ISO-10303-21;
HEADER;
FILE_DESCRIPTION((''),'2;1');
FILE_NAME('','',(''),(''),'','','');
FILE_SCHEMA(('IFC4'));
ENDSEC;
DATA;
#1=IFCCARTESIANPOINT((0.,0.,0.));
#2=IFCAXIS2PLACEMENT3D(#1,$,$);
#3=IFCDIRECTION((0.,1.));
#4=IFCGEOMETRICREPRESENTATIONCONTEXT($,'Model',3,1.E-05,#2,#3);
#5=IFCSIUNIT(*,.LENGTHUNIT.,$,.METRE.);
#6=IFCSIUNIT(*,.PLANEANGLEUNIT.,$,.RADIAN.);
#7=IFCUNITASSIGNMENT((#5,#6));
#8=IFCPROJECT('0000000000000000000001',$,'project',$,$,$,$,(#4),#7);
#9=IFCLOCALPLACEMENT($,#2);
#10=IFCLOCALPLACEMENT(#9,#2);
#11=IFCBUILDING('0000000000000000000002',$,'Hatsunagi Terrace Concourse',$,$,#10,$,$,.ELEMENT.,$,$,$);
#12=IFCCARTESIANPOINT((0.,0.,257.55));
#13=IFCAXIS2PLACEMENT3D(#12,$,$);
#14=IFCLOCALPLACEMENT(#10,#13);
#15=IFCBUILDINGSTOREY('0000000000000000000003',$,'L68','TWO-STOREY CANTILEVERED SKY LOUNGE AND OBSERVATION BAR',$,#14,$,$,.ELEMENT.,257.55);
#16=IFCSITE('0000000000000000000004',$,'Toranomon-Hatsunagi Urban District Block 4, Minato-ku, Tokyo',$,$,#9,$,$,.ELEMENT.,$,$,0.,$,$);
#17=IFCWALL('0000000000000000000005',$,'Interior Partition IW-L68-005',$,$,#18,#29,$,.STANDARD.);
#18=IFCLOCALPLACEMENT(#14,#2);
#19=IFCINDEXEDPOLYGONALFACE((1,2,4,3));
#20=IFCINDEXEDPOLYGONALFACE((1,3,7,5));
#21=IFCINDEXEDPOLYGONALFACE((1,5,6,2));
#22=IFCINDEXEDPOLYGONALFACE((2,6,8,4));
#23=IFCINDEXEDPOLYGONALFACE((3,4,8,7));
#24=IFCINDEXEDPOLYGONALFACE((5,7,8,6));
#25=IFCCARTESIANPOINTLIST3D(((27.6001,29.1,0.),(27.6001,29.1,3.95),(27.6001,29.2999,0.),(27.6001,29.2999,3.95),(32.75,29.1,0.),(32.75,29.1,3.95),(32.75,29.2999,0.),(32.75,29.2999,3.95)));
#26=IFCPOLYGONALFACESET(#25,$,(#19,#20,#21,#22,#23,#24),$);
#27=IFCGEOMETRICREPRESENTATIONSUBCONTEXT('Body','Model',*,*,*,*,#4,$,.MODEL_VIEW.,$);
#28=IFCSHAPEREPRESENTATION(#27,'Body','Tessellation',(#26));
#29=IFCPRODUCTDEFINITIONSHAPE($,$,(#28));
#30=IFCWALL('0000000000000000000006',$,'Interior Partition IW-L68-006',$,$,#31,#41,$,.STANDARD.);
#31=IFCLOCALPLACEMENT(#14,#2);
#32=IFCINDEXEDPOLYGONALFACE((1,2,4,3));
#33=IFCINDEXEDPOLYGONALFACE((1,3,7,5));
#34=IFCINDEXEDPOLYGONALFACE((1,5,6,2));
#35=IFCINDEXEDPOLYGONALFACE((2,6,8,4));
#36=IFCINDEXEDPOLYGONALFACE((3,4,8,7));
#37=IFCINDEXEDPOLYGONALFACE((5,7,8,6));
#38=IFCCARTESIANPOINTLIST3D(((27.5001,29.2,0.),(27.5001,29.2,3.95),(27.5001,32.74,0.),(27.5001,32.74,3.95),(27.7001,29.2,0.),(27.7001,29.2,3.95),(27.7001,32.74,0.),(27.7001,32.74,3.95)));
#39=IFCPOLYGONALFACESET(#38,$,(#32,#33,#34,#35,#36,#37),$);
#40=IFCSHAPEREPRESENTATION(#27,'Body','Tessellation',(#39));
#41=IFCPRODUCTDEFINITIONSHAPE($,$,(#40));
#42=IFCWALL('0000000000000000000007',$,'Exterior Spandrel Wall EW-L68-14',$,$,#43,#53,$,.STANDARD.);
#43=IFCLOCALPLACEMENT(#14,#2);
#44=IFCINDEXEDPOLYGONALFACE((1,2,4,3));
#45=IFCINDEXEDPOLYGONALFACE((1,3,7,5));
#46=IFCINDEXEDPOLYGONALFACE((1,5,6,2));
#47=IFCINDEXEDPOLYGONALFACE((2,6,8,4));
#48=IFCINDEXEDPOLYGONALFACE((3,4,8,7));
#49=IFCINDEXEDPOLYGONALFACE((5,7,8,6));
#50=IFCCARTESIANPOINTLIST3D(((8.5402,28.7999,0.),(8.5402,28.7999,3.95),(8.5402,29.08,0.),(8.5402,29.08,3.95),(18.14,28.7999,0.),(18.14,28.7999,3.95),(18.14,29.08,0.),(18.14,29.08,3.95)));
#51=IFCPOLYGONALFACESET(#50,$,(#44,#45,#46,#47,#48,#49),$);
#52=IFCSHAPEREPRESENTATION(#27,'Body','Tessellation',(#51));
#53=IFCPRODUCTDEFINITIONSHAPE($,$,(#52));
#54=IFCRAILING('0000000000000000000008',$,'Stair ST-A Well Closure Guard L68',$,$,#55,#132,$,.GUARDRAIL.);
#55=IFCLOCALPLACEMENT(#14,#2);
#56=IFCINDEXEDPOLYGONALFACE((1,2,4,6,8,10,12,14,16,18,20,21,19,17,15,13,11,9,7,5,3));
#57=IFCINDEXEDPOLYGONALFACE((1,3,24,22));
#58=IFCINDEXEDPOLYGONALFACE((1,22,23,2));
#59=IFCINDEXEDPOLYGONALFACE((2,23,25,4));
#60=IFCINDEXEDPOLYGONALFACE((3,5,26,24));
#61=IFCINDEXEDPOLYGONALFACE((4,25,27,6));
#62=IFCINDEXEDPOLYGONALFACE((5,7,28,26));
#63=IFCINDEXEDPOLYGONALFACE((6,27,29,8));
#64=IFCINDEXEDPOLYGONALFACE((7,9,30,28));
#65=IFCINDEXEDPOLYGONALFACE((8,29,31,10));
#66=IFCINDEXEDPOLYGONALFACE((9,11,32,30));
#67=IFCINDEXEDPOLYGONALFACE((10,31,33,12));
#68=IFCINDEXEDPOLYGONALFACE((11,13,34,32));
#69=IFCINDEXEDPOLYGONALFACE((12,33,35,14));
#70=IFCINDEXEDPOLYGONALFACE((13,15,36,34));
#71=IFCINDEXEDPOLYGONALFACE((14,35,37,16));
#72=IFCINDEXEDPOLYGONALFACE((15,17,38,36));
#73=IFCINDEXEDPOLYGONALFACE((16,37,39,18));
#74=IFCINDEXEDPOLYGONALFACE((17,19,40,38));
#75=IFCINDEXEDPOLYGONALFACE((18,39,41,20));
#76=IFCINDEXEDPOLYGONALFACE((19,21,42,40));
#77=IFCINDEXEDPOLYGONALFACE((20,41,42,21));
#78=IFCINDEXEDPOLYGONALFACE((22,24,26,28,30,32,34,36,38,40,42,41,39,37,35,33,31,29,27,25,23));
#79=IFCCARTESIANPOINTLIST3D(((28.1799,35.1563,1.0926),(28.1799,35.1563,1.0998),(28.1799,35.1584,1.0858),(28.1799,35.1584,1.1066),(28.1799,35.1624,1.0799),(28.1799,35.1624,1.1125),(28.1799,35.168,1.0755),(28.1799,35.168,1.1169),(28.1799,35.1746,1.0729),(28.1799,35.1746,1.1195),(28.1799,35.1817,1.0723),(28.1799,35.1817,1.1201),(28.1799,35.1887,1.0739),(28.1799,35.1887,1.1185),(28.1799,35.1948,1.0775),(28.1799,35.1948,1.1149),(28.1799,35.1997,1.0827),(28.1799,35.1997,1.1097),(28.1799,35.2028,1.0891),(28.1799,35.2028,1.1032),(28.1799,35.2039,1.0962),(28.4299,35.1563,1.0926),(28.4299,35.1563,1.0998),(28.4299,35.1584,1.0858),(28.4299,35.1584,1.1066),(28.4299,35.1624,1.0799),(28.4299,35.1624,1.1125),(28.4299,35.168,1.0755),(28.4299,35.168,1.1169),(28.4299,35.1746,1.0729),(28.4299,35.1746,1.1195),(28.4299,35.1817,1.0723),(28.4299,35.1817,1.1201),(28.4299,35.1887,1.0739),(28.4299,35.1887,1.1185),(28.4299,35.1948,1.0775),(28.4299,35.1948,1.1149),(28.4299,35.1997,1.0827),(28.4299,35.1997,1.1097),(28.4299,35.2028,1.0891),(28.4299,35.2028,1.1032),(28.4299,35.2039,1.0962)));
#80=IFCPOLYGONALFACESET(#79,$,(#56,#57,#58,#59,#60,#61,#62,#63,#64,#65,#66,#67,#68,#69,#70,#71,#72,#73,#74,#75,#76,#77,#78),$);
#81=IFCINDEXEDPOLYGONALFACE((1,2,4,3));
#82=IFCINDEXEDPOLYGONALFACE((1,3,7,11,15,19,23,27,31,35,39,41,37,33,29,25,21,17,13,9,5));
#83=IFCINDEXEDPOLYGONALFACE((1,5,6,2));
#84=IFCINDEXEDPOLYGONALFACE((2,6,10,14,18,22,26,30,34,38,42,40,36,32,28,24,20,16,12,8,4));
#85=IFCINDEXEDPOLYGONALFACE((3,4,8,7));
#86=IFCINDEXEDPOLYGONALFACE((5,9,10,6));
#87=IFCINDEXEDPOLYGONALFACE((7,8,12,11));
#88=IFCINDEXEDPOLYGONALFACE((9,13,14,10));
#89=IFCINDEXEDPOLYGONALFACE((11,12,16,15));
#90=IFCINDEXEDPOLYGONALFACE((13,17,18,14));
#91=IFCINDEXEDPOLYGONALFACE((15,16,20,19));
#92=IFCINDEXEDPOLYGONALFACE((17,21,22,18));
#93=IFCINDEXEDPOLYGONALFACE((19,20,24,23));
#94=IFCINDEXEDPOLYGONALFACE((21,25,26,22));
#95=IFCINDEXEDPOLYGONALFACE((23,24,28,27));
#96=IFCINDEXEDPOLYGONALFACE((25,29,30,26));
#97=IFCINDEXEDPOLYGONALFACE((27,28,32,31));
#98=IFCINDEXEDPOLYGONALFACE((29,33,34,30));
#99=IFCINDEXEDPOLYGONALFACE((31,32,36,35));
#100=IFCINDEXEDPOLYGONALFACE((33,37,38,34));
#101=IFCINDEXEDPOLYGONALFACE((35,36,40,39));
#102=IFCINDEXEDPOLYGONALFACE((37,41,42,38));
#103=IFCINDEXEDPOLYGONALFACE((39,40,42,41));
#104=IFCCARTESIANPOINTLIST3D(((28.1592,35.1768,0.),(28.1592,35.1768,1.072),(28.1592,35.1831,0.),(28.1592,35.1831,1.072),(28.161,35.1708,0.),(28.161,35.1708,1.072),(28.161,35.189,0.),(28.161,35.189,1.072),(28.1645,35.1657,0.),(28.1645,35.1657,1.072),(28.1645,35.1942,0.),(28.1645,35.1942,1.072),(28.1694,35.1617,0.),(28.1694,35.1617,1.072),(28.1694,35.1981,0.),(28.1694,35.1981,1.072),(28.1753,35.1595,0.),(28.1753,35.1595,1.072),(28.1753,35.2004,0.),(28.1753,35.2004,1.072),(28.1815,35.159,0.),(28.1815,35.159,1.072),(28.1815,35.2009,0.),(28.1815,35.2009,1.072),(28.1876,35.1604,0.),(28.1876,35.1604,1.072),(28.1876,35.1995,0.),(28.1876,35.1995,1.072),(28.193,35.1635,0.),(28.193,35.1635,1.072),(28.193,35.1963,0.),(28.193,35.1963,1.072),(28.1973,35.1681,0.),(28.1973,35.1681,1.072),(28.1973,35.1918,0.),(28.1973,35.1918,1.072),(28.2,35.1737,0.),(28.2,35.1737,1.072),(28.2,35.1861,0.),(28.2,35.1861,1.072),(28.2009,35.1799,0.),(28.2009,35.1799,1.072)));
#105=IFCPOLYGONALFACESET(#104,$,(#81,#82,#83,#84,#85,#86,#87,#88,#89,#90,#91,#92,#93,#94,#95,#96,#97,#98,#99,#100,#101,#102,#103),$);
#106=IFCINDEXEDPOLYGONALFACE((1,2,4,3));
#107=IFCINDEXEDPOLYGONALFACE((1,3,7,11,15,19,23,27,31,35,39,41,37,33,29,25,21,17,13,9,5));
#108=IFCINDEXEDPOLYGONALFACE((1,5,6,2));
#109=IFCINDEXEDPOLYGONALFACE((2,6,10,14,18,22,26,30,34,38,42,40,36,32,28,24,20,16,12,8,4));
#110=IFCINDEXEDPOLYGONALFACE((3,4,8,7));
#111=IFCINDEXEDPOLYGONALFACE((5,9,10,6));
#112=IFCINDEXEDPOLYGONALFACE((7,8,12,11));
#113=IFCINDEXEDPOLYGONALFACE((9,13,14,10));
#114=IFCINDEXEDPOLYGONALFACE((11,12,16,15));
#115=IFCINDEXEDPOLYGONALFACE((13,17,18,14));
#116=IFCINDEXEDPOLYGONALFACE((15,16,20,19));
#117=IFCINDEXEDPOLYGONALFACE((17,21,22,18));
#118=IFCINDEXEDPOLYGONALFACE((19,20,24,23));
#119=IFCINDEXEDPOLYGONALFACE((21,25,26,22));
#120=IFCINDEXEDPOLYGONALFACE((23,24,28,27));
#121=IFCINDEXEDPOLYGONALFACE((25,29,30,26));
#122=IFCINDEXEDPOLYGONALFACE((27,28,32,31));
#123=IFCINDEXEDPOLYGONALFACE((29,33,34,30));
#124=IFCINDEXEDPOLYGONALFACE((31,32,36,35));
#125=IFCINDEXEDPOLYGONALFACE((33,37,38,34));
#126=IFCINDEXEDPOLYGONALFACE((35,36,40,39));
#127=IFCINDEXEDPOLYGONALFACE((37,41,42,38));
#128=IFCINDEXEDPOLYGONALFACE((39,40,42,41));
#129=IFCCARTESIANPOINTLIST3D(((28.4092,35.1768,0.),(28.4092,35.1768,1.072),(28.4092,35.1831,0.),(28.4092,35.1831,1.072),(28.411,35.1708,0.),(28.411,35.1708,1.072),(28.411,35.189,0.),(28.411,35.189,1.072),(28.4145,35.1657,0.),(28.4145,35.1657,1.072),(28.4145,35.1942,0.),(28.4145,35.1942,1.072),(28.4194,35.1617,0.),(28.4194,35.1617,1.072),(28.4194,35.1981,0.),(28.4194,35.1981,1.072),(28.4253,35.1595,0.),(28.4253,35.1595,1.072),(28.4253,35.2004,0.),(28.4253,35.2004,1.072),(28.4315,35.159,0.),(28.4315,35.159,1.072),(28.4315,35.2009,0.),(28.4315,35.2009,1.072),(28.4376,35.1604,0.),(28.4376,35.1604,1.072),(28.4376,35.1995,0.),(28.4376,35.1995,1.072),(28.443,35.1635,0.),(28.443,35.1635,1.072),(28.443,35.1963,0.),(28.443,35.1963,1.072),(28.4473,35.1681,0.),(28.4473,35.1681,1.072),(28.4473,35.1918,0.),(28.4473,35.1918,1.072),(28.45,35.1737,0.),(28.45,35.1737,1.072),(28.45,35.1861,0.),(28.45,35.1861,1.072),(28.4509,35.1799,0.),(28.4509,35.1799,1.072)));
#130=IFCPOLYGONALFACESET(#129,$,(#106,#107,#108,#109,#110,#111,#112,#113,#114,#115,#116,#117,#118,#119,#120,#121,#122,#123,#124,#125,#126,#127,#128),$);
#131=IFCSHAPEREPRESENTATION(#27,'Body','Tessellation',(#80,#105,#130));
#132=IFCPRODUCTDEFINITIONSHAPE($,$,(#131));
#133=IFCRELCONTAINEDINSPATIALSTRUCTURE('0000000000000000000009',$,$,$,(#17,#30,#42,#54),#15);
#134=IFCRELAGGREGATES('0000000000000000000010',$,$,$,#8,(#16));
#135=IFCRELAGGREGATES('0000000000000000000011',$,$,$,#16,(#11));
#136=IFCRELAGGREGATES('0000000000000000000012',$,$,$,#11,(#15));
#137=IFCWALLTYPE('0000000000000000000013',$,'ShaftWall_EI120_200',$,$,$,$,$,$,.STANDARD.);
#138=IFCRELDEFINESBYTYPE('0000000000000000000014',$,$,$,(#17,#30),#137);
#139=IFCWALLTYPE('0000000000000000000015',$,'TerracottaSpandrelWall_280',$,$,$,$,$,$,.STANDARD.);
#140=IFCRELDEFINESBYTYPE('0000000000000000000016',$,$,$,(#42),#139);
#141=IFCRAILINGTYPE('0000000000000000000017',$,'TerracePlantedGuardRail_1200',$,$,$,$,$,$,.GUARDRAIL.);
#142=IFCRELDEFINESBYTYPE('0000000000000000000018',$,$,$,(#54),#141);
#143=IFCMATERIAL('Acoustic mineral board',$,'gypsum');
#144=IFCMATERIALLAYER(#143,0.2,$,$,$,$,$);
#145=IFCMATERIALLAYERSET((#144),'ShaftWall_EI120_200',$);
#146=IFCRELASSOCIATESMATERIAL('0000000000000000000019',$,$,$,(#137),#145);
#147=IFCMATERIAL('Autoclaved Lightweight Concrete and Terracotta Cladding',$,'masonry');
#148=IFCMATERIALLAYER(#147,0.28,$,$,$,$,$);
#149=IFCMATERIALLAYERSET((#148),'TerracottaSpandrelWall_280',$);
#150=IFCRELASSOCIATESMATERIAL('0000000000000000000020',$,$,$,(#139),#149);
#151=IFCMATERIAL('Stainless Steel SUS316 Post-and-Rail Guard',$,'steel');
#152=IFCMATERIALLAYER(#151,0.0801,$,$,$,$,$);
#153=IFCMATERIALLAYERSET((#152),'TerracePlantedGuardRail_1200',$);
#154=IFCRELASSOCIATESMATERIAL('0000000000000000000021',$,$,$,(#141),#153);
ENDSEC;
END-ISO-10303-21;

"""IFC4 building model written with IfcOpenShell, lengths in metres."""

from ifc_helpers import new_model, si_unit, direction, frame, frame_2d, origin, origin_2d, place, context, subcontext, project, spatial, rectangle, circle, extrude, material, layer, layer_set, type_object, element, save


model = new_model("IFC4")

# Units and contexts
model_context = context("Model", 3, precision=1e-05, world=origin(), true_north=direction((0.0, 1.0)))
body_context = subcontext(model_context, "Body", "Model", "MODEL_VIEW")
ifc_project = project(units=[si_unit("LENGTHUNIT", "METRE"), si_unit("PLANEANGLEUNIT", "RADIAN")], contexts=[model_context])

# Site, building, storey
site_placement = place(None, origin())
site = spatial("IfcSite", under=ifc_project, at=site_placement, Name="Toranomon-Hatsunagi Urban District Block 4, Minato-ku, Tokyo", CompositionType="ELEMENT", RefElevation=0.0)
building_placement = place(site_placement, origin())
building = spatial("IfcBuilding", under=site, at=building_placement, Name="Hatsunagi Terrace Concourse", CompositionType="ELEMENT")
storey_placement = place(building_placement, frame((0.0, 0.0, 257.55)))
storey = spatial("IfcBuildingStorey", under=building, at=storey_placement, Name="L68", Description="TWO-STOREY CANTILEVERED SKY LOUNGE AND OBSERVATION BAR", CompositionType="ELEMENT", Elevation=257.55)

# Walls
ifc_material_1 = material(Name="Acoustic mineral board", Category="gypsum")
ifc_layer_1 = layer(ifc_material_1, 0.2)
ifc_layer_set_1 = layer_set([ifc_layer_1], Name="ShaftWall_EI120_200")
wall_type_1 = type_object("IfcWallType", Name="ShaftWall_EI120_200", PredefinedType="STANDARD", material=ifc_layer_set_1)
wall_1_placement = place(storey_placement, frame((27.6001, 29.2, 0.0), z_axis=(0.0, 0.0, 1.0), x_axis=(1.0, 0.0, 0.0)))
element("IfcWall", 1, at=wall_1_placement, inside=storey, type_object=wall_type_1, Name="Interior Partition IW-L68-005", PredefinedType="STANDARD", context=body_context, shape_type="SweptSolid", body=[
    extrude(rectangle(XDim=5.1499, YDim=0.2, at=frame_2d((2.575, 0.0))), origin(), (0.0, 0.0, 1.0), 3.95),
])
wall_2_placement = place(storey_placement, frame((27.6001, 29.2, 0.0), z_axis=(0.0, 0.0, 1.0), x_axis=(0.0, 1.0, 0.0)))
element("IfcWall", 2, at=wall_2_placement, inside=storey, type_object=wall_type_1, Name="Interior Partition IW-L68-006", PredefinedType="STANDARD", context=body_context, shape_type="SweptSolid", body=[
    extrude(rectangle(XDim=3.54, YDim=0.2, at=frame_2d((1.77, 0.0))), origin(), (0.0, 0.0, 1.0), 3.95),
])
ifc_material_2 = material(Name="Autoclaved Lightweight Concrete and Terracotta Cladding", Category="masonry")
ifc_layer_2 = layer(ifc_material_2, 0.28)
ifc_layer_set_2 = layer_set([ifc_layer_2], Name="TerracottaSpandrelWall_280")
wall_type_2 = type_object("IfcWallType", Name="TerracottaSpandrelWall_280", PredefinedType="STANDARD", material=ifc_layer_set_2)
wall_3_placement = place(storey_placement, frame((18.1399, 28.9399, 0.0), z_axis=(0.0, 0.0, 1.0), x_axis=(-1.0, 0.0, 0.0)))
element("IfcWall", 3, at=wall_3_placement, inside=storey, type_object=wall_type_2, Name="Exterior Spandrel Wall EW-L68-14", PredefinedType="STANDARD", context=body_context, shape_type="SweptSolid", body=[
    extrude(rectangle(XDim=9.5999, YDim=0.28, at=frame_2d((4.7998, 0.0))), origin(), (0.0, 0.0, 1.0), 3.95),
])

# Railing
ifc_material_3 = material(Name="Stainless Steel SUS316 Post-and-Rail Guard", Category="steel")
ifc_layer_3 = layer(ifc_material_3, 0.0801)
ifc_layer_set_3 = layer_set([ifc_layer_3], Name="TerracePlantedGuardRail_1200")
railing_type = type_object("IfcRailingType", Name="TerracePlantedGuardRail_1200", PredefinedType="GUARDRAIL", material=ifc_layer_set_3)
railing_placement = place(storey_placement, frame((28.1799, 35.1799, 0.0)))
element("IfcRailing", 4, at=railing_placement, inside=storey, type_object=railing_type, Name="Stair ST-A Well Closure Guard L68", PredefinedType="GUARDRAIL", context=body_context, shape_type="SweptSolid", body=[
    extrude(circle(Radius=0.0239, at=origin_2d()), frame((0.0, 0.0, 1.0962), z_axis=(1.0, 0.0, 0.0), x_axis=(0.0, 1.0, 0.0)), (0.0, 0.0, 1.0), 0.25),
    extrude(circle(Radius=0.021, at=origin_2d()), origin(), (0.0, 0.0, 1.0), 1.072),
    extrude(circle(Radius=0.021, at=origin_2d()), frame((0.25, 0.0, 0.0)), (0.0, 0.0, 1.0), 1.072),
])

save(model, "model.ifc")
